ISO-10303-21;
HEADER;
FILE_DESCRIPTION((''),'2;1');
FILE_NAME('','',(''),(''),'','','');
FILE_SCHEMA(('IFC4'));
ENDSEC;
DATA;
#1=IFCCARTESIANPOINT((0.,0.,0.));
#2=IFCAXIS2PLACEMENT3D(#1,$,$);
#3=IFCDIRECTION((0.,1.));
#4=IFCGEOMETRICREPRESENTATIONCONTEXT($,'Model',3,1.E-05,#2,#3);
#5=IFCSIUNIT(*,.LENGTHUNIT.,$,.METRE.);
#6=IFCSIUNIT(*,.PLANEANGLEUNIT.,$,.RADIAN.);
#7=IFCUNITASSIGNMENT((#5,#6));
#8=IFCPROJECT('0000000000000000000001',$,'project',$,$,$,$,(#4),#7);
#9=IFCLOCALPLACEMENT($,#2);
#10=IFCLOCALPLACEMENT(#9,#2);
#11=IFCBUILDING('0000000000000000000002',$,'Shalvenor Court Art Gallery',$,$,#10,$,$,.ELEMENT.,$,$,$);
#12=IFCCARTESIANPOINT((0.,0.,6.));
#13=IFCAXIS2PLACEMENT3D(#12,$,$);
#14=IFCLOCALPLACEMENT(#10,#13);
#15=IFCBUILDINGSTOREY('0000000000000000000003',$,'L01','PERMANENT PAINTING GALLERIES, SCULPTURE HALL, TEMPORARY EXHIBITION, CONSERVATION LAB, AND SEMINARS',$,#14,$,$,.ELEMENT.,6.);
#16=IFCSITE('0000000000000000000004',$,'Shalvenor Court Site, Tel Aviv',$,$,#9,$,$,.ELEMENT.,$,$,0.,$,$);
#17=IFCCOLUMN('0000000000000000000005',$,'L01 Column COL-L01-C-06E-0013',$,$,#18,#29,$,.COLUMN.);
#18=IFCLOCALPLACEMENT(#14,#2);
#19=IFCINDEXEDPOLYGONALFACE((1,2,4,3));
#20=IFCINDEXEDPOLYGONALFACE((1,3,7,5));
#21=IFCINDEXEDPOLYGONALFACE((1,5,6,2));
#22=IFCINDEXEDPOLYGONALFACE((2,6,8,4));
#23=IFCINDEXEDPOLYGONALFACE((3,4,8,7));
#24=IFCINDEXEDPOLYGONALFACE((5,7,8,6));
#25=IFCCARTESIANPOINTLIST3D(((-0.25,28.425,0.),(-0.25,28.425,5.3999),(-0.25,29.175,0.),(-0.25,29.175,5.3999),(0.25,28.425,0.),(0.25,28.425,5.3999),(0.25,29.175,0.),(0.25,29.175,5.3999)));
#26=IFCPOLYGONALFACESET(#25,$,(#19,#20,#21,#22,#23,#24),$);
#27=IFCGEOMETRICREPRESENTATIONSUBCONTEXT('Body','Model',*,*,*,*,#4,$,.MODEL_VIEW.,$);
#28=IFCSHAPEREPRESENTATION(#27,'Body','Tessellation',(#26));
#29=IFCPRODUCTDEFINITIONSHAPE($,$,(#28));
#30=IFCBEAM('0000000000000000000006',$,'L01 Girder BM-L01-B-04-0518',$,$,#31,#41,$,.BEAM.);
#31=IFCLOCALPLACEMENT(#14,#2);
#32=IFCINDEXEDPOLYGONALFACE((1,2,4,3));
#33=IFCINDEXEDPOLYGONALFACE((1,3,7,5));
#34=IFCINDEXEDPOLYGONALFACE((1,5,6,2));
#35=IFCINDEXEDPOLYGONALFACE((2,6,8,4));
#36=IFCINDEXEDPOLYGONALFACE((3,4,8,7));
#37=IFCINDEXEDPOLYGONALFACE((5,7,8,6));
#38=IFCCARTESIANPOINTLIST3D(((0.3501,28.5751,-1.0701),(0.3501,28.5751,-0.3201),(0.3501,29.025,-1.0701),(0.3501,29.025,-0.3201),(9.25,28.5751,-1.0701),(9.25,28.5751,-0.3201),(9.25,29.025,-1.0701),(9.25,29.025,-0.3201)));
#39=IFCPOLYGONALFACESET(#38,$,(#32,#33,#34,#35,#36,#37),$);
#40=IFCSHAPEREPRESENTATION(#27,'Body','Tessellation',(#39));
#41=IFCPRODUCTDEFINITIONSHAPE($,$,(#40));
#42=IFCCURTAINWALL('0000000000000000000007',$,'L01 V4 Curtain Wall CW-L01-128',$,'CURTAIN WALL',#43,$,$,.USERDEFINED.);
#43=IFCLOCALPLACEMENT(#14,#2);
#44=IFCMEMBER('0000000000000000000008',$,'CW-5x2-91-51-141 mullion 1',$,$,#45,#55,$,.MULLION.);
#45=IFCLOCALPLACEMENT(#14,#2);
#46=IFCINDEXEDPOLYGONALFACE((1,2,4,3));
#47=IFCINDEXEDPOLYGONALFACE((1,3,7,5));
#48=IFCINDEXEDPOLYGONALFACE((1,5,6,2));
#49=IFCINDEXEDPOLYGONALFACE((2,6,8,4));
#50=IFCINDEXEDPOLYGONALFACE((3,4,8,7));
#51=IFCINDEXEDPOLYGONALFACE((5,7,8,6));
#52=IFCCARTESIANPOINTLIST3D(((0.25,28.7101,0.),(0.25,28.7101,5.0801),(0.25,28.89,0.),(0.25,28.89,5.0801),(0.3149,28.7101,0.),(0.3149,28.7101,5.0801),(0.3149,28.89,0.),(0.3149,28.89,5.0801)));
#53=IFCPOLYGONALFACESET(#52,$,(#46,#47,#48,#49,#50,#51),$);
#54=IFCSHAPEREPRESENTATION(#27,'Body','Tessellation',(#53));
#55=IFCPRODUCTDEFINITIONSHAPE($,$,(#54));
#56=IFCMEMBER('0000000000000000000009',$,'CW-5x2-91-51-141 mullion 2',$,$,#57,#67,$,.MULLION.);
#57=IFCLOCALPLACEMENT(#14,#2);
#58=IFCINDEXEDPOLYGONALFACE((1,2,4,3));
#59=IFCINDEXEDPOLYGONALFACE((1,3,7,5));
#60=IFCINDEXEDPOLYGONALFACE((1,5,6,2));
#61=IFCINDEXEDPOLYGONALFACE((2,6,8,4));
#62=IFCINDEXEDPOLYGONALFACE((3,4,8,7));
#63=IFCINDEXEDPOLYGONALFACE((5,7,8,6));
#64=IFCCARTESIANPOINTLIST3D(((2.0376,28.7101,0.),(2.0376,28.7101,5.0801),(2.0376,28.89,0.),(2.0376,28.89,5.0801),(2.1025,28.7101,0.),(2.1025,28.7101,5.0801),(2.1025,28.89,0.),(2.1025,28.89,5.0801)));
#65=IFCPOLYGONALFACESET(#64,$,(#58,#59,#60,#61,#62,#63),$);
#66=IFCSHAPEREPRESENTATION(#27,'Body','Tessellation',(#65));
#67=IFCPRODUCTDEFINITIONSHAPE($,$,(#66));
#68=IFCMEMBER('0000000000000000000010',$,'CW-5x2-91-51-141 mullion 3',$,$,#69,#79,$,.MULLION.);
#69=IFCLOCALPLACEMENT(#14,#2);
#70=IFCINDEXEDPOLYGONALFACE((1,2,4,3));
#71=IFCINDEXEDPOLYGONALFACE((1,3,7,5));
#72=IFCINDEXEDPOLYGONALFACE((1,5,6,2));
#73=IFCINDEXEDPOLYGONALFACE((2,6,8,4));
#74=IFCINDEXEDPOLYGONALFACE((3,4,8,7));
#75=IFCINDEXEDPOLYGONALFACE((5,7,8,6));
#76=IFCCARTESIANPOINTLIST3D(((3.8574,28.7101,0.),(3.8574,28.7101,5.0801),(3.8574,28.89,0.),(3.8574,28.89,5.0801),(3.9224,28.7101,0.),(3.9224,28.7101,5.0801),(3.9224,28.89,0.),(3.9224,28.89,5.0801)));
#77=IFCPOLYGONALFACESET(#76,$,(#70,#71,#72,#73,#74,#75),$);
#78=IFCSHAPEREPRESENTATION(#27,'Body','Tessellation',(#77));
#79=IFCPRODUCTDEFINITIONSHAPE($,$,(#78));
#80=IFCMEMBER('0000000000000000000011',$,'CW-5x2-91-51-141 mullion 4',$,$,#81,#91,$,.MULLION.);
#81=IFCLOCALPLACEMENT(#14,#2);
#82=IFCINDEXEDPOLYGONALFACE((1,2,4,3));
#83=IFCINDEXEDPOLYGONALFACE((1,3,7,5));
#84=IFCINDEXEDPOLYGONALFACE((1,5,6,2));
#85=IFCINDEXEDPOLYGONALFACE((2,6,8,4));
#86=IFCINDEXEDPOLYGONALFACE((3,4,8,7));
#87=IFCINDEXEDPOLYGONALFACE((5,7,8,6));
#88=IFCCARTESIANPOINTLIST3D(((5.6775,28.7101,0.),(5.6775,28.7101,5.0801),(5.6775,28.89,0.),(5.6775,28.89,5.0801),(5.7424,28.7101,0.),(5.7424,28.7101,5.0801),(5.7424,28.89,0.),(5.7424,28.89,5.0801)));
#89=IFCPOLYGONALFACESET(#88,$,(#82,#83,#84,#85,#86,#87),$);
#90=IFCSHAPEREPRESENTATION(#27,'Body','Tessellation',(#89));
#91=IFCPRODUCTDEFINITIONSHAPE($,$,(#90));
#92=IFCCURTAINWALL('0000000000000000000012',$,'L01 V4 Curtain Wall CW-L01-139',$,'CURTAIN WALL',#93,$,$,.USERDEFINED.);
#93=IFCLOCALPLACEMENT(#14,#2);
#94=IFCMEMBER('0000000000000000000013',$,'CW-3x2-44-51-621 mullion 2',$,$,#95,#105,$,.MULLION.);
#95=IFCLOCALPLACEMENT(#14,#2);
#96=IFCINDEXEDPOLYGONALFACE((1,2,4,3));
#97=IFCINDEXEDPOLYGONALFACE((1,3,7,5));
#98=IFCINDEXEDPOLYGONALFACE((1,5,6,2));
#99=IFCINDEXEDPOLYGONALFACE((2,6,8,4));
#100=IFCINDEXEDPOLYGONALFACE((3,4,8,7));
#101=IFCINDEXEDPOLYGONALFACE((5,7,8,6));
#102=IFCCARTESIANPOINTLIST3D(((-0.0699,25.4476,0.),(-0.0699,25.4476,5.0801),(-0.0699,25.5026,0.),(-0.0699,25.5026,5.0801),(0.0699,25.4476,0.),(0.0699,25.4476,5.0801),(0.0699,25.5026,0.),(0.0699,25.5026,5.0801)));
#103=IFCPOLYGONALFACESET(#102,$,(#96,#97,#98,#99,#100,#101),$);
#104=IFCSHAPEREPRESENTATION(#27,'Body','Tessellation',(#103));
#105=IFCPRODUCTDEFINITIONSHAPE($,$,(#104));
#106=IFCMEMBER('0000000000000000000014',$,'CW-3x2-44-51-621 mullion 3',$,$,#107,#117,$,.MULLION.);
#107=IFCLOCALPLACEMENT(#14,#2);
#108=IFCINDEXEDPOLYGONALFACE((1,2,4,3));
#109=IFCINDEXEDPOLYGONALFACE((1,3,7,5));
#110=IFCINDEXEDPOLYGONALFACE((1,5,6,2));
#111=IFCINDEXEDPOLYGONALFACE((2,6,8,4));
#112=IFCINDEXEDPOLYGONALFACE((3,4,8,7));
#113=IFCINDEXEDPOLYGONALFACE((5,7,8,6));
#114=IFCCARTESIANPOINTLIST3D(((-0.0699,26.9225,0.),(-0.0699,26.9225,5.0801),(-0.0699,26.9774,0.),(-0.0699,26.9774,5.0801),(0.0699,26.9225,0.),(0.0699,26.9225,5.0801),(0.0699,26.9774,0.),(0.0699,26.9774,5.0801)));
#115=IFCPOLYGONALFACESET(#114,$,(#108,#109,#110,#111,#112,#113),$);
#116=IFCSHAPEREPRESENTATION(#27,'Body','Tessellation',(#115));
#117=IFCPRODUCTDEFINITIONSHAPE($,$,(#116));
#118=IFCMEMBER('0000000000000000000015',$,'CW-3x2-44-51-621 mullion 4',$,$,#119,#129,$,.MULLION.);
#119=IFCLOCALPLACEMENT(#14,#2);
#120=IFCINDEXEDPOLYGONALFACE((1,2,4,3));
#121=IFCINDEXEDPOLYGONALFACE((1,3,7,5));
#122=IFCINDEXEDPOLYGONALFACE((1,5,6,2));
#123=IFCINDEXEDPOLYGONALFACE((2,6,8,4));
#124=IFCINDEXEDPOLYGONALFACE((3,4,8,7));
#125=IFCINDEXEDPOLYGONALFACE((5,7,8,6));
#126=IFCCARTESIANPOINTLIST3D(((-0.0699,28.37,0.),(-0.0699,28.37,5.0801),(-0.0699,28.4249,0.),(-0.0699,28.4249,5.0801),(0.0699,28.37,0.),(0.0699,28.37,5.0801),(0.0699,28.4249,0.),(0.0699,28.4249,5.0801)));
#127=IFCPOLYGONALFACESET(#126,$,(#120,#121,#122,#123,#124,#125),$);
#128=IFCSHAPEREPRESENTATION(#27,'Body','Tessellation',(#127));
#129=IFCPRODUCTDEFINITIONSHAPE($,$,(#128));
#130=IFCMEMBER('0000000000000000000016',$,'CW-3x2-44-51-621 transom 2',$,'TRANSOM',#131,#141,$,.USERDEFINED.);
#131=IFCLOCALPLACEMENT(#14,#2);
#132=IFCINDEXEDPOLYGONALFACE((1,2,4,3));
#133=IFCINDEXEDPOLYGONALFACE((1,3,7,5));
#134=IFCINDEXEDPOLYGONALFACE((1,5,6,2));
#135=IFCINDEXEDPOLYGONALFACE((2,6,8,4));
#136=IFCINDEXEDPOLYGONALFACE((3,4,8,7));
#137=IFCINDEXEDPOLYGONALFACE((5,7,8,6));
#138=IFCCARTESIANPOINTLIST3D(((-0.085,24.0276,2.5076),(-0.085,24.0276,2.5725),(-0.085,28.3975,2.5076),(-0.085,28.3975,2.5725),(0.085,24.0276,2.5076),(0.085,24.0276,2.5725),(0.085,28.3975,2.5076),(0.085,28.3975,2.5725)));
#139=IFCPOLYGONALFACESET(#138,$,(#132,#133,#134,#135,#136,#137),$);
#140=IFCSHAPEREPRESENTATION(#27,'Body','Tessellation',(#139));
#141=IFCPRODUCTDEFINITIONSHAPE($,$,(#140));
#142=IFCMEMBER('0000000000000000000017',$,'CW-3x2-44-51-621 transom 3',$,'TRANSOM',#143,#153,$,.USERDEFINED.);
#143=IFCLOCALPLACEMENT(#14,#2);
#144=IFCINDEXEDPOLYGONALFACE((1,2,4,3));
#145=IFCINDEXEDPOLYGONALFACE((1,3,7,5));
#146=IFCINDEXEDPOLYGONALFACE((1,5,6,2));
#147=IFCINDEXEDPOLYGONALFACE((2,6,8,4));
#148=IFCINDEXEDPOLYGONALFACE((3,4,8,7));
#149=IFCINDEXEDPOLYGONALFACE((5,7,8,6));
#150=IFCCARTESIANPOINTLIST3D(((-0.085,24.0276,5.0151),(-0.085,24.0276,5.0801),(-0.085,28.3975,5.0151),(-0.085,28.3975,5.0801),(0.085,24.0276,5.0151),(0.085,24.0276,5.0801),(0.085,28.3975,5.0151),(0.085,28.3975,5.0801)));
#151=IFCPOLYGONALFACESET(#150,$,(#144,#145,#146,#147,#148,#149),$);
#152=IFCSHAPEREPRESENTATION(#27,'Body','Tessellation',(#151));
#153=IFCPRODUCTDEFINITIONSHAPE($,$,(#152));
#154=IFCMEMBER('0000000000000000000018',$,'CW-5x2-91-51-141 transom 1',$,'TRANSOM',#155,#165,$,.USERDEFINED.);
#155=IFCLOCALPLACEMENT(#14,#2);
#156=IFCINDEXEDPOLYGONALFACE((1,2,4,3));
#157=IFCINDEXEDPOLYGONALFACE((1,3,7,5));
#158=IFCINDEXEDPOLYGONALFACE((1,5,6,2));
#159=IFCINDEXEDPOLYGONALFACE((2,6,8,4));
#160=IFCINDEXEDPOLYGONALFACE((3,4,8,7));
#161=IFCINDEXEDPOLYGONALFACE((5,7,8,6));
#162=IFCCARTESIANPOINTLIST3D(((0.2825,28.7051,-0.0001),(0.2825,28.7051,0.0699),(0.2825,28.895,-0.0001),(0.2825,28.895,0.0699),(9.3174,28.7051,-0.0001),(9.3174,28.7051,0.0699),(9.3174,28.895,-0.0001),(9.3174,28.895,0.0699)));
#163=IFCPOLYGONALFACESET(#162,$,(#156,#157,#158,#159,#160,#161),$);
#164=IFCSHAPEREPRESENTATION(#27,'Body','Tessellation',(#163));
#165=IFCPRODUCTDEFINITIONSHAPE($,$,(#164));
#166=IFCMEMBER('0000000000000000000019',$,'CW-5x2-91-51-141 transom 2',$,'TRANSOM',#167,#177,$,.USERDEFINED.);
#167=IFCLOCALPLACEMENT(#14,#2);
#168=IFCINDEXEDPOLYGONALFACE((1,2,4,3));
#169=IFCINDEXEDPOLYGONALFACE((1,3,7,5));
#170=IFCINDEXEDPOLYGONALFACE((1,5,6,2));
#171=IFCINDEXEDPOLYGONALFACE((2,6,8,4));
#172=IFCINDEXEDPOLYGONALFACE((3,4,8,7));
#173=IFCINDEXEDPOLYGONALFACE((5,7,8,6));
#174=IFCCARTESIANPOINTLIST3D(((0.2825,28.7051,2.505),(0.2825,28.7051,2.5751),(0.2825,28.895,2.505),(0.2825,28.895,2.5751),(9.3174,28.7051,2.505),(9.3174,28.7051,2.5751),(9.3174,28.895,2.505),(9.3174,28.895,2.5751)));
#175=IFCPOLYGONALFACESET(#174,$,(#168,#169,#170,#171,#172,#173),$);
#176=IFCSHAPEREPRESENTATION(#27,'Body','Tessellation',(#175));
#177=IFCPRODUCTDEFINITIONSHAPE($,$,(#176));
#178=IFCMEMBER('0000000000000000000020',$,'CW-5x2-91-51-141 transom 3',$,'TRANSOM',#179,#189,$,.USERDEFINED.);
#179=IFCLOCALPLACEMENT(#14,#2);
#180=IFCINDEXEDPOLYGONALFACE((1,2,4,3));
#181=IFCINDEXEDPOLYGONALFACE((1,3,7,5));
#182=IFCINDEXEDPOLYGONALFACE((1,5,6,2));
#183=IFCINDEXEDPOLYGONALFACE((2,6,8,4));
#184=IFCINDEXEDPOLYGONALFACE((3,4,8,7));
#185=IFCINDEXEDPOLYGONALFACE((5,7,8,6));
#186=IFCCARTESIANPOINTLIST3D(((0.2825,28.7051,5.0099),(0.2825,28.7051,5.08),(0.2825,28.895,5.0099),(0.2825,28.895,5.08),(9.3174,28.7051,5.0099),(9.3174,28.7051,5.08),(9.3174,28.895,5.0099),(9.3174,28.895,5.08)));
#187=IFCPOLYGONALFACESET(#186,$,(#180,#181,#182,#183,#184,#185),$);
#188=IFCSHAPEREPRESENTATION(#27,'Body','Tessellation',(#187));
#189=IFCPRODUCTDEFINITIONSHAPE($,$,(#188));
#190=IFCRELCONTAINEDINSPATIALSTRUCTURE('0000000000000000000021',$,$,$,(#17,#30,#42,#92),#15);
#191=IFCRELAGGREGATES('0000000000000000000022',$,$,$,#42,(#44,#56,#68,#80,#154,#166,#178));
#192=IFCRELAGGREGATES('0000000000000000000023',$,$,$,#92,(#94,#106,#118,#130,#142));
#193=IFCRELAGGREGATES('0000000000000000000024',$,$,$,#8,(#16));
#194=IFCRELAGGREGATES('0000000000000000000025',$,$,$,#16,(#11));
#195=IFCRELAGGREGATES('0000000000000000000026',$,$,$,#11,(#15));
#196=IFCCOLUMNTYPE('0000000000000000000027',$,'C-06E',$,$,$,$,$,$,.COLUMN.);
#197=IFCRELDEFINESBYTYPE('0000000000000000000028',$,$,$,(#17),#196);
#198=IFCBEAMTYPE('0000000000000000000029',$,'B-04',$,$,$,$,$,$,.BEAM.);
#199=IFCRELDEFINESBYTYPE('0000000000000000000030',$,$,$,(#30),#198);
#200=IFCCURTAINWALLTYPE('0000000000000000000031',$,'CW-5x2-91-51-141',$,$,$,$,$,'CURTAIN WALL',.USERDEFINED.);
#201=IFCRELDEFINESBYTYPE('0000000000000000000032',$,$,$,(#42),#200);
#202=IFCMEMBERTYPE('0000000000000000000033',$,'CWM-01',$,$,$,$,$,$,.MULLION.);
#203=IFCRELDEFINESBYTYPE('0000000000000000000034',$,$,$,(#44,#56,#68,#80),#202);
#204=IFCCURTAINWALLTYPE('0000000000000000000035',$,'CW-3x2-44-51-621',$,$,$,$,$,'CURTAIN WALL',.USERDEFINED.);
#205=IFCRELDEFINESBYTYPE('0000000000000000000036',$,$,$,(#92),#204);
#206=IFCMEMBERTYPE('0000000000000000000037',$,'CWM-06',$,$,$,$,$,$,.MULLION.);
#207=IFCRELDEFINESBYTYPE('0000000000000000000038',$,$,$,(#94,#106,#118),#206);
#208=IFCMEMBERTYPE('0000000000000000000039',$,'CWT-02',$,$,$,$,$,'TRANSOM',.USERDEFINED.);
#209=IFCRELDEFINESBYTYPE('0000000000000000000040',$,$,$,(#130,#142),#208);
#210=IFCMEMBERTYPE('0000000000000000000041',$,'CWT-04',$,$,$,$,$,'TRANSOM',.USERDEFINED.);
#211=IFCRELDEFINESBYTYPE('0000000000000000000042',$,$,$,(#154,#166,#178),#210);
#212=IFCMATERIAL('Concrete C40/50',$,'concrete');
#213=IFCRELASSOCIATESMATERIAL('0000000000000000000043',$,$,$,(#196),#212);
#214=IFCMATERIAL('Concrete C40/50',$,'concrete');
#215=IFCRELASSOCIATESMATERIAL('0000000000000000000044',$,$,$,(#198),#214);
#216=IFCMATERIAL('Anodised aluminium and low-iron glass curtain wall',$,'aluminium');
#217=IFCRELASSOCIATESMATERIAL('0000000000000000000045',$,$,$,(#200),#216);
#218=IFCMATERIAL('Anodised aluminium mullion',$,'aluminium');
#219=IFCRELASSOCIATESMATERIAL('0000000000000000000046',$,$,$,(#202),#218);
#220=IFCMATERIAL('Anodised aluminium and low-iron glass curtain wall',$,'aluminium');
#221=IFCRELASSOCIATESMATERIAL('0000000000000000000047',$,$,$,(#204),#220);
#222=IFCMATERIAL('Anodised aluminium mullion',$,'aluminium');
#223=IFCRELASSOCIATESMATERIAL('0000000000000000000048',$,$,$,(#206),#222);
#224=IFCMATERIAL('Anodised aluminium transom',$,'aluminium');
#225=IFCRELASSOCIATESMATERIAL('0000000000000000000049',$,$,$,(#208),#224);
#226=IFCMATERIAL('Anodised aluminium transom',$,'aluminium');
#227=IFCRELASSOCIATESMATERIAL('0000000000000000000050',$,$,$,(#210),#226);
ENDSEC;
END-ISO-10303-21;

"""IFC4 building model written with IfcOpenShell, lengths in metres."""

from ifc_helpers import new_model, si_unit, direction, frame, origin, origin_2d, place, context, subcontext, project, spatial, rectangle, extrude, material, material_profile, profile_set, type_object, element, aggregate, save


model = new_model("IFC4")

# Units and contexts
model_context = context("Model", 3, precision=1e-05, world=origin(), true_north=direction((0.0, 1.0)))
body_context = subcontext(model_context, "Body", "Model", "MODEL_VIEW")
ifc_project = project(units=[si_unit("LENGTHUNIT", "METRE"), si_unit("PLANEANGLEUNIT", "RADIAN")], contexts=[model_context])

# Site, building, storey
site_placement = place(None, origin())
site = spatial("IfcSite", under=ifc_project, at=site_placement, Name="Shalvenor Court Site, Tel Aviv", CompositionType="ELEMENT", RefElevation=0.0)
building_placement = place(site_placement, origin())
building = spatial("IfcBuilding", under=site, at=building_placement, Name="Shalvenor Court Art Gallery", CompositionType="ELEMENT")
storey_placement = place(building_placement, frame((0.0, 0.0, 6.0)))
storey = spatial("IfcBuildingStorey", under=building, at=storey_placement, Name="L01", Description="PERMANENT PAINTING GALLERIES, SCULPTURE HALL, TEMPORARY EXHIBITION, CONSERVATION LAB, AND SEMINARS", CompositionType="ELEMENT", Elevation=6.0)

# Column
ifc_material_1 = material(Name="Concrete C40/50", Category="concrete")
ifc_material_profile_1 = material_profile(ifc_material_1, rectangle(XDim=0.5, YDim=0.75, at=origin_2d()), Name="RC 500x750")
ifc_profile_set_1 = profile_set([ifc_material_profile_1], Name="Concrete C40/50")
column_type = type_object("IfcColumnType", Name="C-06E", PredefinedType="COLUMN", material=ifc_profile_set_1)
column_placement = place(storey_placement, frame((0.0, 28.8, 0.0), z_axis=(0.0, 0.0, 1.0), x_axis=(1.0, 0.0, 0.0)))
element("IfcColumn", 1, at=column_placement, inside=storey, type_object=column_type, Name="L01 Column COL-L01-C-06E-0013", PredefinedType="COLUMN", context=body_context, shape_type="SweptSolid", body=[
    extrude(rectangle(XDim=0.5, YDim=0.75, at=origin_2d()), origin(), (0.0, 0.0, 1.0), 5.3999),
])

# Beam
ifc_material_2 = material(Name="Concrete C40/50", Category="concrete")
ifc_material_profile_2 = material_profile(ifc_material_2, rectangle(XDim=0.45, YDim=0.75, at=origin_2d()), Name="RC 450x750")
ifc_profile_set_2 = profile_set([ifc_material_profile_2], Name="Concrete C40/50")
beam_type = type_object("IfcBeamType", Name="B-04", PredefinedType="BEAM", material=ifc_profile_set_2)
beam_placement = place(storey_placement, frame((0.3501, 28.8, -0.6951), z_axis=(1.0, 0.0, 0.0), x_axis=(0.0, 1.0, 0.0)))
element("IfcBeam", 2, at=beam_placement, inside=storey, type_object=beam_type, Name="L01 Girder BM-L01-B-04-0518", PredefinedType="BEAM", context=body_context, shape_type="SweptSolid", body=[
    extrude(rectangle(XDim=0.45, YDim=0.75, at=origin_2d()), origin(), (0.0, 0.0, 1.0), 8.8999),
])

# Curtain walls, members
ifc_material_3 = material(Name="Anodised aluminium and low-iron glass curtain wall", Category="aluminium")
curtain_wall_type_1 = type_object("IfcCurtainWallType", Name="CW-5x2-91-51-141", ElementType="CURTAIN WALL", PredefinedType="USERDEFINED", material=ifc_material_3)
curtain_wall_1_placement = place(storey_placement, origin())
curtain_wall_1 = element("IfcCurtainWall", 3, at=curtain_wall_1_placement, inside=storey, type_object=curtain_wall_type_1, Name="L01 V4 Curtain Wall CW-L01-128", ObjectType="CURTAIN WALL", PredefinedType="USERDEFINED")
ifc_material_4 = material(Name="Anodised aluminium mullion", Category="aluminium")
ifc_material_profile_3 = material_profile(ifc_material_4, rectangle(XDim=0.0649, YDim=0.1799, at=origin_2d()), Name="CWM-01")
ifc_profile_set_3 = profile_set([ifc_material_profile_3], Name="Anodised aluminium mullion")
member_type_1 = type_object("IfcMemberType", Name="CWM-01", PredefinedType="MULLION", material=ifc_profile_set_3)
member_1_placement = place(storey_placement, frame((0.2825, 28.8, 0.0), z_axis=(0.0, 0.0, 1.0), x_axis=(1.0, 0.0, 0.0)))
member_1 = element("IfcMember", 4, at=member_1_placement, type_object=member_type_1, Name="CW-5x2-91-51-141 mullion 1", PredefinedType="MULLION", context=body_context, shape_type="SweptSolid", body=[
    extrude(rectangle(XDim=0.0649, YDim=0.1799, at=origin_2d()), origin(), (0.0, 0.0, 1.0), 5.0801),
])
member_2_placement = place(storey_placement, frame((2.0701, 28.8, 0.0), z_axis=(0.0, 0.0, 1.0), x_axis=(1.0, 0.0, 0.0)))
member_2 = element("IfcMember", 5, at=member_2_placement, type_object=member_type_1, Name="CW-5x2-91-51-141 mullion 2", PredefinedType="MULLION", context=body_context, shape_type="SweptSolid", body=[
    extrude(rectangle(XDim=0.0649, YDim=0.1799, at=origin_2d()), origin(), (0.0, 0.0, 1.0), 5.0801),
])
member_3_placement = place(storey_placement, frame((3.8899, 28.8, 0.0), z_axis=(0.0, 0.0, 1.0), x_axis=(1.0, 0.0, 0.0)))
member_3 = element("IfcMember", 6, at=member_3_placement, type_object=member_type_1, Name="CW-5x2-91-51-141 mullion 3", PredefinedType="MULLION", context=body_context, shape_type="SweptSolid", body=[
    extrude(rectangle(XDim=0.0649, YDim=0.1799, at=origin_2d()), origin(), (0.0, 0.0, 1.0), 5.0801),
])
member_4_placement = place(storey_placement, frame((5.71, 28.8, 0.0), z_axis=(0.0, 0.0, 1.0), x_axis=(1.0, 0.0, 0.0)))
member_4 = element("IfcMember", 7, at=member_4_placement, type_object=member_type_1, Name="CW-5x2-91-51-141 mullion 4", PredefinedType="MULLION", context=body_context, shape_type="SweptSolid", body=[
    extrude(rectangle(XDim=0.0649, YDim=0.1799, at=origin_2d()), origin(), (0.0, 0.0, 1.0), 5.0801),
])
ifc_material_5 = material(Name="Anodised aluminium and low-iron glass curtain wall", Category="aluminium")
curtain_wall_type_2 = type_object("IfcCurtainWallType", Name="CW-3x2-44-51-621", ElementType="CURTAIN WALL", PredefinedType="USERDEFINED", material=ifc_material_5)
curtain_wall_2_placement = place(storey_placement, origin())
curtain_wall_2 = element("IfcCurtainWall", 8, at=curtain_wall_2_placement, inside=storey, type_object=curtain_wall_type_2, Name="L01 V4 Curtain Wall CW-L01-139", ObjectType="CURTAIN WALL", PredefinedType="USERDEFINED")
ifc_material_6 = material(Name="Anodised aluminium mullion", Category="aluminium")
ifc_material_profile_4 = material_profile(ifc_material_6, rectangle(XDim=0.0549, YDim=0.1399, at=origin_2d()), Name="CWM-06")
ifc_profile_set_4 = profile_set([ifc_material_profile_4], Name="Anodised aluminium mullion")
member_type_2 = type_object("IfcMemberType", Name="CWM-06", PredefinedType="MULLION", material=ifc_profile_set_4)
member_5_placement = place(storey_placement, frame((0.0, 25.4751, 0.0), z_axis=(0.0, 0.0, 1.0), x_axis=(0.0, 1.0, 0.0)))
member_5 = element("IfcMember", 9, at=member_5_placement, type_object=member_type_2, Name="CW-3x2-44-51-621 mullion 2", PredefinedType="MULLION", context=body_context, shape_type="SweptSolid", body=[
    extrude(rectangle(XDim=0.0549, YDim=0.1399, at=origin_2d()), origin(), (0.0, 0.0, 1.0), 5.0801),
])
member_6_placement = place(storey_placement, frame((0.0, 26.95, 0.0), z_axis=(0.0, 0.0, 1.0), x_axis=(0.0, 1.0, 0.0)))
member_6 = element("IfcMember", 10, at=member_6_placement, type_object=member_type_2, Name="CW-3x2-44-51-621 mullion 3", PredefinedType="MULLION", context=body_context, shape_type="SweptSolid", body=[
    extrude(rectangle(XDim=0.0549, YDim=0.1399, at=origin_2d()), origin(), (0.0, 0.0, 1.0), 5.0801),
])
member_7_placement = place(storey_placement, frame((0.0, 28.3975, 0.0), z_axis=(0.0, 0.0, 1.0), x_axis=(0.0, 1.0, 0.0)))
member_7 = element("IfcMember", 11, at=member_7_placement, type_object=member_type_2, Name="CW-3x2-44-51-621 mullion 4", PredefinedType="MULLION", context=body_context, shape_type="SweptSolid", body=[
    extrude(rectangle(XDim=0.0549, YDim=0.1399, at=origin_2d()), origin(), (0.0, 0.0, 1.0), 5.0801),
])
ifc_material_7 = material(Name="Anodised aluminium transom", Category="aluminium")
ifc_material_profile_5 = material_profile(ifc_material_7, rectangle(XDim=0.1699, YDim=0.0649, at=origin_2d()), Name="CWT-02")
ifc_profile_set_5 = profile_set([ifc_material_profile_5], Name="Anodised aluminium transom")
member_type_3 = type_object("IfcMemberType", Name="CWT-02", ElementType="TRANSOM", PredefinedType="USERDEFINED", material=ifc_profile_set_5)
member_8_placement = place(storey_placement, frame((0.0, 24.0276, 2.54), z_axis=(0.0, 1.0, 0.0), x_axis=(-1.0, 0.0, 0.0)))
member_8 = element("IfcMember", 12, at=member_8_placement, type_object=member_type_3, Name="CW-3x2-44-51-621 transom 2", ObjectType="TRANSOM", PredefinedType="USERDEFINED", context=body_context, shape_type="SweptSolid", body=[
    extrude(rectangle(XDim=0.1699, YDim=0.0649, at=origin_2d()), origin(), (0.0, 0.0, 1.0), 4.3699),
])
member_9_placement = place(storey_placement, frame((0.0, 24.0276, 5.0476), z_axis=(0.0, 1.0, 0.0), x_axis=(-1.0, 0.0, 0.0)))
member_9 = element("IfcMember", 13, at=member_9_placement, type_object=member_type_3, Name="CW-3x2-44-51-621 transom 3", ObjectType="TRANSOM", PredefinedType="USERDEFINED", context=body_context, shape_type="SweptSolid", body=[
    extrude(rectangle(XDim=0.1699, YDim=0.0649, at=origin_2d()), origin(), (0.0, 0.0, 1.0), 4.3699),
])

# Members
ifc_material_8 = material(Name="Anodised aluminium transom", Category="aluminium")
ifc_material_profile_6 = material_profile(ifc_material_8, rectangle(XDim=0.1899, YDim=0.0701, at=origin_2d()), Name="CWT-04")
ifc_profile_set_6 = profile_set([ifc_material_profile_6], Name="Anodised aluminium transom")
member_type_4 = type_object("IfcMemberType", Name="CWT-04", ElementType="TRANSOM", PredefinedType="USERDEFINED", material=ifc_profile_set_6)
member_10_placement = place(storey_placement, frame((0.2825, 28.8, 0.0349), z_axis=(1.0, 0.0, 0.0), x_axis=(0.0, 1.0, 0.0)))
member_10 = element("IfcMember", 14, at=member_10_placement, type_object=member_type_4, Name="CW-5x2-91-51-141 transom 1", ObjectType="TRANSOM", PredefinedType="USERDEFINED", context=body_context, shape_type="SweptSolid", body=[
    extrude(rectangle(XDim=0.1899, YDim=0.0701, at=origin_2d()), origin(), (0.0, 0.0, 1.0), 9.0349),
])
member_11_placement = place(storey_placement, frame((0.2825, 28.8, 2.54), z_axis=(1.0, 0.0, 0.0), x_axis=(0.0, 1.0, 0.0)))
member_11 = element("IfcMember", 15, at=member_11_placement, type_object=member_type_4, Name="CW-5x2-91-51-141 transom 2", ObjectType="TRANSOM", PredefinedType="USERDEFINED", context=body_context, shape_type="SweptSolid", body=[
    extrude(rectangle(XDim=0.1899, YDim=0.0701, at=origin_2d()), origin(), (0.0, 0.0, 1.0), 9.0349),
])
member_12_placement = place(storey_placement, frame((0.2825, 28.8, 5.0449), z_axis=(1.0, 0.0, 0.0), x_axis=(0.0, 1.0, 0.0)))
member_12 = element("IfcMember", 16, at=member_12_placement, type_object=member_type_4, Name="CW-5x2-91-51-141 transom 3", ObjectType="TRANSOM", PredefinedType="USERDEFINED", context=body_context, shape_type="SweptSolid", body=[
    extrude(rectangle(XDim=0.1899, YDim=0.0701, at=origin_2d()), origin(), (0.0, 0.0, 1.0), 9.0349),
])

aggregate(curtain_wall_1, [member_1, member_2, member_3, member_4, member_10, member_11, member_12])
aggregate(curtain_wall_2, [member_5, member_6, member_7, member_8, member_9])

save(model, "model.ifc")
